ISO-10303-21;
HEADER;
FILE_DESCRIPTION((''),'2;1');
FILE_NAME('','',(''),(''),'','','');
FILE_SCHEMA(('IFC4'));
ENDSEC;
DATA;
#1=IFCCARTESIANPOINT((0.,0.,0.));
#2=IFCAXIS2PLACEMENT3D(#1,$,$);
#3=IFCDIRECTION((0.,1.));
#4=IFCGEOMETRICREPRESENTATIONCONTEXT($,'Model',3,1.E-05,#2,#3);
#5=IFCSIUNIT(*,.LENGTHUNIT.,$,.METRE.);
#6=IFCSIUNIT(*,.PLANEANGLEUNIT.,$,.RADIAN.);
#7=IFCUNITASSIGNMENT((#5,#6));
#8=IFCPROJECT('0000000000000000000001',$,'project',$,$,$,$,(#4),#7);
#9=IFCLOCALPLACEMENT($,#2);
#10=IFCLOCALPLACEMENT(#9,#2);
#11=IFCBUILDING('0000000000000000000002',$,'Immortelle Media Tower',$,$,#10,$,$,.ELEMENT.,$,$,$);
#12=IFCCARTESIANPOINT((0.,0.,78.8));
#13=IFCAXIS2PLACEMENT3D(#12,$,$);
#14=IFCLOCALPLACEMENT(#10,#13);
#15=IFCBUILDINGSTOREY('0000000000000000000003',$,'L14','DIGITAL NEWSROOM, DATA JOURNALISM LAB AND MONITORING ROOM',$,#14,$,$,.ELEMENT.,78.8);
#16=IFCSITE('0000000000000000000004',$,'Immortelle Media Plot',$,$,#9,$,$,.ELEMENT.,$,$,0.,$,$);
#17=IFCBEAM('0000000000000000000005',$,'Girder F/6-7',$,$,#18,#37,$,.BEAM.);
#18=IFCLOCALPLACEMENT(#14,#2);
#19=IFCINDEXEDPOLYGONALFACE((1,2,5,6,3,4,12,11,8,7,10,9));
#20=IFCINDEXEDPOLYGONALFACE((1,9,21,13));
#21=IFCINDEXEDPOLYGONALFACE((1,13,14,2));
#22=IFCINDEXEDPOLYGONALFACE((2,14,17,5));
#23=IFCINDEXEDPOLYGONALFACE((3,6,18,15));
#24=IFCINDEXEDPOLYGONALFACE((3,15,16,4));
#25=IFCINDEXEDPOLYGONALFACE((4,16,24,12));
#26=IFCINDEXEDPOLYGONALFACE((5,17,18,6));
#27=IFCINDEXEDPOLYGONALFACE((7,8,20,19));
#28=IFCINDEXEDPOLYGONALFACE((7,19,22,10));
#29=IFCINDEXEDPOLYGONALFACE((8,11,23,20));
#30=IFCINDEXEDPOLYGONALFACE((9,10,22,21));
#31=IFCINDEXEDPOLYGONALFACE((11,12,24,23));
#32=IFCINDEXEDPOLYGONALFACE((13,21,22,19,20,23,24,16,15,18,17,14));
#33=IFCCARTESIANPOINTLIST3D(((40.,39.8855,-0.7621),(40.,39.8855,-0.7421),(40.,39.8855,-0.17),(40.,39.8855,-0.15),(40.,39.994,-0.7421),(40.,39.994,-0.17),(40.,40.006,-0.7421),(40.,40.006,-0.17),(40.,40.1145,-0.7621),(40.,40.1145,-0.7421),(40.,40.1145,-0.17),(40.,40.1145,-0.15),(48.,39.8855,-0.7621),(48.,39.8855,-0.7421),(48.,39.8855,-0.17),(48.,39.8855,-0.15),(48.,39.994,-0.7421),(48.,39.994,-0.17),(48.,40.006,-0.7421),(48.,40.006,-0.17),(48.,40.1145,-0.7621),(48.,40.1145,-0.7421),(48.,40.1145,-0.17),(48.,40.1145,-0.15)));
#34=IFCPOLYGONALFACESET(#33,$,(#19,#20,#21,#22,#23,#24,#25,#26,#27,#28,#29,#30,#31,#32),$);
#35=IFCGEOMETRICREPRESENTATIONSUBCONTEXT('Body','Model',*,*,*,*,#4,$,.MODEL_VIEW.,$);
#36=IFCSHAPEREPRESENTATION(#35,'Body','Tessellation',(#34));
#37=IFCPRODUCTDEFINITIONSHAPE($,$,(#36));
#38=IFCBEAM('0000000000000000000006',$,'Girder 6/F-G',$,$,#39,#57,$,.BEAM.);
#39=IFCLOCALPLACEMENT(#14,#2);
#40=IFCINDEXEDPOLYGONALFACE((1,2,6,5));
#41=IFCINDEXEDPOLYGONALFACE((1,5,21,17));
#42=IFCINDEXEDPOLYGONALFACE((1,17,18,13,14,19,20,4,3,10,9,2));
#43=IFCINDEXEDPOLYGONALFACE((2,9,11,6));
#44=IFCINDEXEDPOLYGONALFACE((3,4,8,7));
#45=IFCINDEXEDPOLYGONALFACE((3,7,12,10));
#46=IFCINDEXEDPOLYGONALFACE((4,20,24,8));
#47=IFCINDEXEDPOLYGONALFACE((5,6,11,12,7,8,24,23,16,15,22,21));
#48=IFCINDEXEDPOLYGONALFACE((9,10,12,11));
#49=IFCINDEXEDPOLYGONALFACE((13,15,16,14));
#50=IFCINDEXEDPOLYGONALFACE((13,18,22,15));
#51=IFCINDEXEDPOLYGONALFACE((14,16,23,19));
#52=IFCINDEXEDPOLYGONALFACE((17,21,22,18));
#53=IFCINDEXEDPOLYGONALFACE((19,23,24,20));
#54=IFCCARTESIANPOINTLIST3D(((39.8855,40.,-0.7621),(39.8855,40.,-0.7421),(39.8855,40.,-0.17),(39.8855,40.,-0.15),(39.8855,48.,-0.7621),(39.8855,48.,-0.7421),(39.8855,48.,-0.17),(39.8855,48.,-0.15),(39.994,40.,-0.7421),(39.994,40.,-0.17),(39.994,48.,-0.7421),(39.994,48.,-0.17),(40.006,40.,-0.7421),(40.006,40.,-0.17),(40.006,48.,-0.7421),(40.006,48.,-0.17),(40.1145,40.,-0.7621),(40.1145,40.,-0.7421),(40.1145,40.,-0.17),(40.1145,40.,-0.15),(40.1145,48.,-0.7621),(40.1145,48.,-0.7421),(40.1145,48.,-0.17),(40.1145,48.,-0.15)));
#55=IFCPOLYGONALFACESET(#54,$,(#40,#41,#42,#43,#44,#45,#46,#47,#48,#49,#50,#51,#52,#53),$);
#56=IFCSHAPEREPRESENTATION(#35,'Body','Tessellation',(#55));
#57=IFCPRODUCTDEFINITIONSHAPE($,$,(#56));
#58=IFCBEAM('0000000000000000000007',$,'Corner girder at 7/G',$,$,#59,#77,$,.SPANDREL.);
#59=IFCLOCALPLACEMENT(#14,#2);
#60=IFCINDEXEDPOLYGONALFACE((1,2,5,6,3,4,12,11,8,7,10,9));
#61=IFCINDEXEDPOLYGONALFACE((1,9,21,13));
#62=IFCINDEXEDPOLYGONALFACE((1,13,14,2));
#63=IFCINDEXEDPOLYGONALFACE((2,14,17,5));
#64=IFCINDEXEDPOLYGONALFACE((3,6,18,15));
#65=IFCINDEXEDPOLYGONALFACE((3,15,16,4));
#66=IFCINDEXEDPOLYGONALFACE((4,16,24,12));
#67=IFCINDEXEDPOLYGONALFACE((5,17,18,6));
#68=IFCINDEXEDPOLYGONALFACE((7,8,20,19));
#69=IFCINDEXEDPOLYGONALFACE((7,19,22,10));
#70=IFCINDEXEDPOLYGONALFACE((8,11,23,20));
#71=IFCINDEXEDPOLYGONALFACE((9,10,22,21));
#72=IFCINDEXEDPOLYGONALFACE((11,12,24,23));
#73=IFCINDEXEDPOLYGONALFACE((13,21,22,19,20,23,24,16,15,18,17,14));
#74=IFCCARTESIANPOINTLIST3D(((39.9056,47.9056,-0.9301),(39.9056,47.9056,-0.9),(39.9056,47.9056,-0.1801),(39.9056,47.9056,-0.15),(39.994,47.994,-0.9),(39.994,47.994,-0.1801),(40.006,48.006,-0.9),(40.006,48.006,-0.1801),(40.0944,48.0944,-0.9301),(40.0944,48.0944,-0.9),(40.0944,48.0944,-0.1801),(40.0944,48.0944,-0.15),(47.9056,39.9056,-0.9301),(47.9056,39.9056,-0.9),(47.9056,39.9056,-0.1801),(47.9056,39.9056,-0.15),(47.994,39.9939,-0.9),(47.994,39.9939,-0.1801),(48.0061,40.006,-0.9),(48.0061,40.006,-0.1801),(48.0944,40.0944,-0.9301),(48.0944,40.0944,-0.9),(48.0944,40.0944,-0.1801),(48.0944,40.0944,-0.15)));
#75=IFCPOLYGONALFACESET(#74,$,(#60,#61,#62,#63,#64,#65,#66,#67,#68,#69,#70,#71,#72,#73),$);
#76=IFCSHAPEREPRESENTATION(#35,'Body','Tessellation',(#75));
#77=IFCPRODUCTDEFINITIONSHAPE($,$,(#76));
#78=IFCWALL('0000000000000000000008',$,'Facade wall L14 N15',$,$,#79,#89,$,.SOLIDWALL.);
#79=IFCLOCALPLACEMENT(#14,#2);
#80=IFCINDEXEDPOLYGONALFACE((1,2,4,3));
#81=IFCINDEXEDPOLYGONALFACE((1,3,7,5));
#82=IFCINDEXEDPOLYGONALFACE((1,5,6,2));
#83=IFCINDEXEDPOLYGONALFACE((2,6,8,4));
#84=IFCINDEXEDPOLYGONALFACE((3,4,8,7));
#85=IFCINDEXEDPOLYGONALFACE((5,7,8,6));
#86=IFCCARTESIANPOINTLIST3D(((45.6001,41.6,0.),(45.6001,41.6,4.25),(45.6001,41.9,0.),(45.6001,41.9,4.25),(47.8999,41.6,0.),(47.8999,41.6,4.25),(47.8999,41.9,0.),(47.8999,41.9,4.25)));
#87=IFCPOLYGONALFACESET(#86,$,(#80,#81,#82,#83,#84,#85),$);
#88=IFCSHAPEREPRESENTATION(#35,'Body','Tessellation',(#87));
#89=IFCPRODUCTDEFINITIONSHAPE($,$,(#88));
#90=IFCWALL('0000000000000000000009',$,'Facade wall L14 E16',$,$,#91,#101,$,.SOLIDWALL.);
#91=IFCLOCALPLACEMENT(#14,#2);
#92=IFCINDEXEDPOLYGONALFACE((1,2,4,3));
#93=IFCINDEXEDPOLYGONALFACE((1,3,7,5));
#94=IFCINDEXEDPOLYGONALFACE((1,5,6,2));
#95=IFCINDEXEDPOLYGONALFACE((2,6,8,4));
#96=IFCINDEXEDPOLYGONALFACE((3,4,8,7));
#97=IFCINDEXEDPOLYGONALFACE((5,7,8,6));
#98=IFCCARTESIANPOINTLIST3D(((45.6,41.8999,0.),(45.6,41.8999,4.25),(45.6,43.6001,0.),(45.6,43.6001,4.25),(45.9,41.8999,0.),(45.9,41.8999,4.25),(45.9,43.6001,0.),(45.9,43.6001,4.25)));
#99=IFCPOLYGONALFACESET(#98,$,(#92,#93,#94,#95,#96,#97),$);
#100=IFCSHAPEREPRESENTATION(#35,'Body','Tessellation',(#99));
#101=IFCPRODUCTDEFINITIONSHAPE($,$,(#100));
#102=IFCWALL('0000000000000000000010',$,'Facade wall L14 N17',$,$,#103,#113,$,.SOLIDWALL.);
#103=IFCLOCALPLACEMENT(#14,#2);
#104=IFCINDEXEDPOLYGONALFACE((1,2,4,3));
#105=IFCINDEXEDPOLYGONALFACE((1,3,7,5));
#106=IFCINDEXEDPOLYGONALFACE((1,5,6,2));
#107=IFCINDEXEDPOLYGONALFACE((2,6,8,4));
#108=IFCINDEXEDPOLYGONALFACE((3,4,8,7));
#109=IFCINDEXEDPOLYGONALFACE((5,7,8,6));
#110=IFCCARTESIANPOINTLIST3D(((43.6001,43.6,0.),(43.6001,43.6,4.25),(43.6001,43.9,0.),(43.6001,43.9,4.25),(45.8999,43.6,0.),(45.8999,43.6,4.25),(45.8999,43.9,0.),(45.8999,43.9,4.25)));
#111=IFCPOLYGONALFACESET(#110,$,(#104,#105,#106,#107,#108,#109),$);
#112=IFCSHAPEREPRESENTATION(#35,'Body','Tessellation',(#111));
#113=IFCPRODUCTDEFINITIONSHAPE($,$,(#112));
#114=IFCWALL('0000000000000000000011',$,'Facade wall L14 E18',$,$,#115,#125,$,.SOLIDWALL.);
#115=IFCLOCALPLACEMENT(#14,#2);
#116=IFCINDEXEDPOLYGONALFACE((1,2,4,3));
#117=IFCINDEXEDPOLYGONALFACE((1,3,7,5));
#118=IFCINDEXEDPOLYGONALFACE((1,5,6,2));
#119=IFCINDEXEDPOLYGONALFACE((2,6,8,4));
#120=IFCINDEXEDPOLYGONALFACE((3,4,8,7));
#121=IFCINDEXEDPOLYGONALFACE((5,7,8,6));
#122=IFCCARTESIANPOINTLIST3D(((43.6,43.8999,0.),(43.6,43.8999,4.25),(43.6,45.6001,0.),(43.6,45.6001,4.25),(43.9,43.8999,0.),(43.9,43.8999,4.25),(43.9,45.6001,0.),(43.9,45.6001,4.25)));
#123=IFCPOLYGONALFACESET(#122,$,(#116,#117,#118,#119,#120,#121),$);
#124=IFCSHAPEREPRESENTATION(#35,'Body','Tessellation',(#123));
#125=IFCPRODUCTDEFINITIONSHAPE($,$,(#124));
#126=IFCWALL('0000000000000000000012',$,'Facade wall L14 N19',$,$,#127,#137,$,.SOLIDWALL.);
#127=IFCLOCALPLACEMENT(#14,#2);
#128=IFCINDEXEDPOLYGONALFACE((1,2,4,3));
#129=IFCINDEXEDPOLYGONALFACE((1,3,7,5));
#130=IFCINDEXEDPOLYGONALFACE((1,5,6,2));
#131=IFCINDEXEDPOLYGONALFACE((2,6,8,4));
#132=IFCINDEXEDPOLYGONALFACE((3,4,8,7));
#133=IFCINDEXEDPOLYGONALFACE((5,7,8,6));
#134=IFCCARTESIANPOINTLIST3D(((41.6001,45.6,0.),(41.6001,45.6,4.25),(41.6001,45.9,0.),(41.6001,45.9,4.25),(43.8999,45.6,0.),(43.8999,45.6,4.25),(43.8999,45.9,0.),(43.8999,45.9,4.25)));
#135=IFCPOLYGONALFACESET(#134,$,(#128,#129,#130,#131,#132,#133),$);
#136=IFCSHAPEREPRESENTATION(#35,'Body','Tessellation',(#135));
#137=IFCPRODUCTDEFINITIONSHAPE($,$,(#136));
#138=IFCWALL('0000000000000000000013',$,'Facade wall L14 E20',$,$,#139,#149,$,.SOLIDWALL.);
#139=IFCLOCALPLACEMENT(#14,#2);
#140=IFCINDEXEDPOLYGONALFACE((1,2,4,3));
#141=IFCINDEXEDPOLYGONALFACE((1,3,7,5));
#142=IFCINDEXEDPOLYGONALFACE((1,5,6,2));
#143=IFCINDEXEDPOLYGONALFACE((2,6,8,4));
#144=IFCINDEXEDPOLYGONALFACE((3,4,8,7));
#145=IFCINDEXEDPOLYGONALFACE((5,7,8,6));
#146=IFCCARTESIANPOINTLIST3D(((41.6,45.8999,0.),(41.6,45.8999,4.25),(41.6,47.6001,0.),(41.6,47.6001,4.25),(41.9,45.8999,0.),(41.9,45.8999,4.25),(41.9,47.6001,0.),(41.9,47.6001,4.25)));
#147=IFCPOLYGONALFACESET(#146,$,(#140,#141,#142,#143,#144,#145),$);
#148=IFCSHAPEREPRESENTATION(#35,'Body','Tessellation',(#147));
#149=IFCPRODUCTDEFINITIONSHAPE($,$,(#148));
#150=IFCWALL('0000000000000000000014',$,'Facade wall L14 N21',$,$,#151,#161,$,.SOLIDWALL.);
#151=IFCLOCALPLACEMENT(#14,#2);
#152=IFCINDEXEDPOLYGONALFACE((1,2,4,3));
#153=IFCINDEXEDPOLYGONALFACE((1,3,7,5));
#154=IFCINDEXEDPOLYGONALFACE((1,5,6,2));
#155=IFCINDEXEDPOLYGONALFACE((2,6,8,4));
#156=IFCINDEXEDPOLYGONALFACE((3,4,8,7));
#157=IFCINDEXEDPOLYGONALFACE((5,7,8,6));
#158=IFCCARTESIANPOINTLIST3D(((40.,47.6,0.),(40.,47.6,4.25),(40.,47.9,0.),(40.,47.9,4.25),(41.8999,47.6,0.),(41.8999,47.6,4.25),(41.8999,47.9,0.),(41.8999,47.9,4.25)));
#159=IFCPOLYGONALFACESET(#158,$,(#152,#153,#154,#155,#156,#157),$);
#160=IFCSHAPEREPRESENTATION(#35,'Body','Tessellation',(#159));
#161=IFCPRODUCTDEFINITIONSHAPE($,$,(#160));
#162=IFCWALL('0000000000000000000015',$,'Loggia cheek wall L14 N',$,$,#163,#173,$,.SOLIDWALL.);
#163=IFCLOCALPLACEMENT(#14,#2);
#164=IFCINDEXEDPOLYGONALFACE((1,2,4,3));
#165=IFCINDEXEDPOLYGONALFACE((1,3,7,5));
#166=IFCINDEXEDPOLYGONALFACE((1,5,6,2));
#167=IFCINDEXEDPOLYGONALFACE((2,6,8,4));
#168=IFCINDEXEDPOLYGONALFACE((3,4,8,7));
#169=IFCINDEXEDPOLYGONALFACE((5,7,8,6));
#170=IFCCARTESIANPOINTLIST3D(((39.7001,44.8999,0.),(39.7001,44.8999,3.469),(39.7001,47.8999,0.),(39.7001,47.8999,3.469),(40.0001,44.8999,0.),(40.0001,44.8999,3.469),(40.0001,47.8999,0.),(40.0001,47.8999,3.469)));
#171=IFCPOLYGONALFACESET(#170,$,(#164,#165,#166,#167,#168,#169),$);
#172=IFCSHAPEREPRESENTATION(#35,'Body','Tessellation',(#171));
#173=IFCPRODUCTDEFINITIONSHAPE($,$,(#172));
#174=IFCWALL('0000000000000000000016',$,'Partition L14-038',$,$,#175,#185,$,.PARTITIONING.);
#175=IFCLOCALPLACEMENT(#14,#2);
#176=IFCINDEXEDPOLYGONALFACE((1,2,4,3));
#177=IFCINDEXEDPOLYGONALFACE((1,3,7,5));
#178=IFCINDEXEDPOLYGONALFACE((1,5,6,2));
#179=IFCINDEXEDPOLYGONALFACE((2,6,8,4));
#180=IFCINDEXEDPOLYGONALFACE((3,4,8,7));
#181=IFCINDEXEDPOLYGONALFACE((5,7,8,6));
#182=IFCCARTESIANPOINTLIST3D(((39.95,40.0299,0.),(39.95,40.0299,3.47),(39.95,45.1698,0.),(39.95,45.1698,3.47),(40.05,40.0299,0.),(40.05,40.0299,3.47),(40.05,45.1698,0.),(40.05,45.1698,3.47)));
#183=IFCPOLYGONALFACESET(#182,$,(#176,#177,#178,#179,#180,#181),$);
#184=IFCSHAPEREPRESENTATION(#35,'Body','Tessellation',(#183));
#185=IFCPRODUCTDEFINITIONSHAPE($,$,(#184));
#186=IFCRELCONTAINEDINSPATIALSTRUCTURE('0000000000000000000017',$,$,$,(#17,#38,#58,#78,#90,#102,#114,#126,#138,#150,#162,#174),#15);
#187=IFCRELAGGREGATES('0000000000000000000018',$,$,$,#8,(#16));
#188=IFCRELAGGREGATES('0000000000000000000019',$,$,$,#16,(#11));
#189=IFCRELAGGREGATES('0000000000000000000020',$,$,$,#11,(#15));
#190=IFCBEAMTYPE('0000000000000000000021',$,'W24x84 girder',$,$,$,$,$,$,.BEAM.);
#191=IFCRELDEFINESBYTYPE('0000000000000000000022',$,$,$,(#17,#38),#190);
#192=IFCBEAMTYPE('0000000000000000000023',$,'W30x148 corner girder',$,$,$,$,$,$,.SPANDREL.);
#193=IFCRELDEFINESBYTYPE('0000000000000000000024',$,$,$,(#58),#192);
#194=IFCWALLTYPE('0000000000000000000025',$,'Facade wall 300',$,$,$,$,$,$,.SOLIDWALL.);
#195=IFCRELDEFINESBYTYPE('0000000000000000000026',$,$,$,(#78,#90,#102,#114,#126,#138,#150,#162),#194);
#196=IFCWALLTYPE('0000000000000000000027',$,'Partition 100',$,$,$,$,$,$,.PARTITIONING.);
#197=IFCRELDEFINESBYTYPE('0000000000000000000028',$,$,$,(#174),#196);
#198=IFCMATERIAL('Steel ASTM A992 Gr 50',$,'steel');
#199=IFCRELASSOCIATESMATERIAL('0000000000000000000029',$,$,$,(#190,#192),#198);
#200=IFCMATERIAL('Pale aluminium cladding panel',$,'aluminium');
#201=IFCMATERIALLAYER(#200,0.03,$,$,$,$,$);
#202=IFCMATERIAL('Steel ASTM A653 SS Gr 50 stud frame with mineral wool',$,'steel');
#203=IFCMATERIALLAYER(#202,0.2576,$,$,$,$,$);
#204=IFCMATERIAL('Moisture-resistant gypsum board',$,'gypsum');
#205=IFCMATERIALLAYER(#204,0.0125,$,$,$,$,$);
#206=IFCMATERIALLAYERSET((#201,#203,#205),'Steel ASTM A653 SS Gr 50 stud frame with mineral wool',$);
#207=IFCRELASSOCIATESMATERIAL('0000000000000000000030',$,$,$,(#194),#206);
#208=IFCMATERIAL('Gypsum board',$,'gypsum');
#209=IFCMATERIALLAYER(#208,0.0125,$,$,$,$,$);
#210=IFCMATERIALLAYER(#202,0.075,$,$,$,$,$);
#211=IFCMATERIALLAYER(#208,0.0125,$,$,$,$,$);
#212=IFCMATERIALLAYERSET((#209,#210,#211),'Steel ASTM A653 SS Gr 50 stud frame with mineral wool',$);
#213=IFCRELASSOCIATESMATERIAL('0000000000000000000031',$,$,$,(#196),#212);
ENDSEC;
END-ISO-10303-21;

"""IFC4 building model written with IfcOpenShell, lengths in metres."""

from ifc_helpers import new_model, si_unit, direction, frame, frame_2d, origin, origin_2d, place, context, subcontext, project, spatial, rectangle, i_section, extrude, material, layer, layer_set, material_profile, profile_set, type_object, element, save


model = new_model("IFC4")

# Units and contexts
model_context = context("Model", 3, precision=1e-05, world=origin(), true_north=direction((0.0, 1.0)))
body_context = subcontext(model_context, "Body", "Model", "MODEL_VIEW")
ifc_project = project(units=[si_unit("LENGTHUNIT", "METRE"), si_unit("PLANEANGLEUNIT", "RADIAN")], contexts=[model_context])

# Site, building, storey
site_placement = place(None, origin())
site = spatial("IfcSite", under=ifc_project, at=site_placement, Name="Immortelle Media Plot", CompositionType="ELEMENT", RefElevation=0.0)
building_placement = place(site_placement, origin())
building = spatial("IfcBuilding", under=site, at=building_placement, Name="Immortelle Media Tower", CompositionType="ELEMENT")
storey_placement = place(building_placement, frame((0.0, 0.0, 78.8)))
storey = spatial("IfcBuildingStorey", under=building, at=storey_placement, Name="L14", Description="DIGITAL NEWSROOM, DATA JOURNALISM LAB AND MONITORING ROOM", CompositionType="ELEMENT", Elevation=78.8)

# Shared definitions
ifc_material_1 = material(Name="Steel ASTM A992 Gr 50", Category="steel")

# Beams
ifc_material_profile_1 = material_profile(ifc_material_1, i_section(OverallWidth=0.229, OverallDepth=0.6121, WebThickness=0.012, FlangeThickness=0.02, at=origin_2d()), Name="W24x84")
ifc_profile_set_1 = profile_set([ifc_material_profile_1], Name="Steel ASTM A992 Gr 50")
beam_type_1 = type_object("IfcBeamType", Name="W24x84 girder", PredefinedType="BEAM", material=ifc_profile_set_1)
for number, where, z_axis, x_axis, name in (
    (1, (40.0, 40.0, -0.4561), (1.0, 0.0, 0.0), (0.0, 1.0, 0.0), "Girder F/6-7"),
    (2, (40.0, 40.0, -0.4561), (0.0, 1.0, 0.0), (-1.0, 0.0, 0.0), "Girder 6/F-G"),
):
    element("IfcBeam", number, at=place(storey_placement, frame(where, z_axis=z_axis, x_axis=x_axis)), inside=storey, type_object=beam_type_1, Name=name, PredefinedType="BEAM", context=body_context, shape_type="SweptSolid", body=[
        extrude(i_section(OverallWidth=0.229, OverallDepth=0.6121, WebThickness=0.012, FlangeThickness=0.02, at=origin_2d()), origin(), (0.0, 0.0, 1.0), 8.0),
    ])
ifc_material_profile_2 = material_profile(ifc_material_1, i_section(OverallWidth=0.2671, OverallDepth=0.78, WebThickness=0.0171, FlangeThickness=0.03, at=origin_2d()), Name="W30x148")
ifc_profile_set_2 = profile_set([ifc_material_profile_2], Name="Steel ASTM A992 Gr 50")
beam_type_2 = type_object("IfcBeamType", Name="W30x148 corner girder", PredefinedType="SPANDREL", material=ifc_profile_set_2)
beam_1_placement = place(storey_placement, frame((40.0, 48.0, -0.54), z_axis=(0.707107, -0.707107, 0.0), x_axis=(0.707107, 0.707107, 0.0)))
element("IfcBeam", 3, at=beam_1_placement, inside=storey, type_object=beam_type_2, Name="Corner girder at 7/G", PredefinedType="SPANDREL", context=body_context, shape_type="SweptSolid", body=[
    extrude(i_section(OverallWidth=0.2671, OverallDepth=0.78, WebThickness=0.0171, FlangeThickness=0.03, at=origin_2d()), origin(), (0.0, 0.0, 1.0), 11.3137),
])

# Walls
ifc_material_2 = material(Name="Pale aluminium cladding panel", Category="aluminium")
ifc_layer_1 = layer(ifc_material_2, 0.03)
ifc_material_3 = material(Name="Steel ASTM A653 SS Gr 50 stud frame with mineral wool", Category="steel")
ifc_layer_2 = layer(ifc_material_3, 0.2576)
ifc_material_4 = material(Name="Moisture-resistant gypsum board", Category="gypsum")
ifc_layer_3 = layer(ifc_material_4, 0.0125)
ifc_layer_set_1 = layer_set([ifc_layer_1, ifc_layer_2, ifc_layer_3], Name="Steel ASTM A653 SS Gr 50 stud frame with mineral wool")
wall_type_1 = type_object("IfcWallType", Name="Facade wall 300", PredefinedType="SOLIDWALL", material=ifc_layer_set_1)
wall_1_placement = place(storey_placement, frame((47.8999, 41.75, 0.0), z_axis=(0.0, 0.0, 1.0), x_axis=(-1.0, 0.0, 0.0)))
element("IfcWall", 4, at=wall_1_placement, inside=storey, type_object=wall_type_1, Name="Facade wall L14 N15", PredefinedType="SOLIDWALL", context=body_context, shape_type="SweptSolid", body=[
    extrude(rectangle(XDim=2.2998, YDim=0.3, at=frame_2d((1.1499, 0.0))), origin(), (0.0, 0.0, 1.0), 4.25),
])
wall_2_placement = place(storey_placement, frame((45.75, 41.8999, 0.0), z_axis=(0.0, 0.0, 1.0), x_axis=(0.0, 1.0, 0.0)))
element("IfcWall", 5, at=wall_2_placement, inside=storey, type_object=wall_type_1, Name="Facade wall L14 E16", PredefinedType="SOLIDWALL", context=body_context, shape_type="SweptSolid", body=[
    extrude(rectangle(XDim=1.7002, YDim=0.3, at=frame_2d((0.8501, 0.0))), origin(), (0.0, 0.0, 1.0), 4.25),
])
wall_3_placement = place(storey_placement, frame((45.8999, 43.75, 0.0), z_axis=(0.0, 0.0, 1.0), x_axis=(-1.0, 0.0, 0.0)))
element("IfcWall", 6, at=wall_3_placement, inside=storey, type_object=wall_type_1, Name="Facade wall L14 N17", PredefinedType="SOLIDWALL", context=body_context, shape_type="SweptSolid", body=[
    extrude(rectangle(XDim=2.2998, YDim=0.3, at=frame_2d((1.1499, 0.0))), origin(), (0.0, 0.0, 1.0), 4.25),
])
wall_4_placement = place(storey_placement, frame((43.75, 43.8999, 0.0), z_axis=(0.0, 0.0, 1.0), x_axis=(0.0, 1.0, 0.0)))
element("IfcWall", 7, at=wall_4_placement, inside=storey, type_object=wall_type_1, Name="Facade wall L14 E18", PredefinedType="SOLIDWALL", context=body_context, shape_type="SweptSolid", body=[
    extrude(rectangle(XDim=1.7002, YDim=0.3, at=frame_2d((0.8501, 0.0))), origin(), (0.0, 0.0, 1.0), 4.25),
])
wall_5_placement = place(storey_placement, frame((43.8999, 45.75, 0.0), z_axis=(0.0, 0.0, 1.0), x_axis=(-1.0, 0.0, 0.0)))
element("IfcWall", 8, at=wall_5_placement, inside=storey, type_object=wall_type_1, Name="Facade wall L14 N19", PredefinedType="SOLIDWALL", context=body_context, shape_type="SweptSolid", body=[
    extrude(rectangle(XDim=2.2998, YDim=0.3, at=frame_2d((1.1499, 0.0))), origin(), (0.0, 0.0, 1.0), 4.25),
])
wall_6_placement = place(storey_placement, frame((41.75, 45.8999, 0.0), z_axis=(0.0, 0.0, 1.0), x_axis=(0.0, 1.0, 0.0)))
element("IfcWall", 9, at=wall_6_placement, inside=storey, type_object=wall_type_1, Name="Facade wall L14 E20", PredefinedType="SOLIDWALL", context=body_context, shape_type="SweptSolid", body=[
    extrude(rectangle(XDim=1.7002, YDim=0.3, at=frame_2d((0.8501, 0.0))), origin(), (0.0, 0.0, 1.0), 4.25),
])
wall_7_placement = place(storey_placement, frame((41.8999, 47.75, 0.0), z_axis=(0.0, 0.0, 1.0), x_axis=(-1.0, 0.0, 0.0)))
element("IfcWall", 10, at=wall_7_placement, inside=storey, type_object=wall_type_1, Name="Facade wall L14 N21", PredefinedType="SOLIDWALL", context=body_context, shape_type="SweptSolid", body=[
    extrude(rectangle(XDim=1.8999, YDim=0.3, at=frame_2d((0.95, 0.0))), origin(), (0.0, 0.0, 1.0), 4.25),
])

# Walls
wall_8_placement = place(storey_placement, frame((39.8501, 47.8999, 0.0), z_axis=(0.0, 0.0, 1.0), x_axis=(0.0, -1.0, 0.0)))
element("IfcWall", 11, at=wall_8_placement, inside=storey, type_object=wall_type_1, Name="Loggia cheek wall L14 N", PredefinedType="SOLIDWALL", context=body_context, shape_type="SweptSolid", body=[
    extrude(rectangle(XDim=3.0, YDim=0.3, at=frame_2d((1.5, 0.0))), origin(), (0.0, 0.0, 1.0), 3.469),
])
ifc_material_5 = material(Name="Gypsum board", Category="gypsum")
ifc_layer_4 = layer(ifc_material_5, 0.0125)
ifc_layer_5 = layer(ifc_material_3, 0.075)
ifc_layer_6 = layer(ifc_material_5, 0.0125)
ifc_layer_set_2 = layer_set([ifc_layer_4, ifc_layer_5, ifc_layer_6], Name="Steel ASTM A653 SS Gr 50 stud frame with mineral wool")
wall_type_2 = type_object("IfcWallType", Name="Partition 100", PredefinedType="PARTITIONING", material=ifc_layer_set_2)
wall_9_placement = place(storey_placement, frame((40.0, 40.03, 0.0), z_axis=(0.0, 0.0, 1.0), x_axis=(0.0, 1.0, 0.0)))
element("IfcWall", 12, at=wall_9_placement, inside=storey, type_object=wall_type_2, Name="Partition L14-038", PredefinedType="PARTITIONING", context=body_context, shape_type="SweptSolid", body=[
    extrude(rectangle(XDim=5.1399, YDim=0.1001, at=frame_2d((2.5698, 0.0))), origin(), (0.0, 0.0, 1.0), 3.47),
])

save(model, "model.ifc")
